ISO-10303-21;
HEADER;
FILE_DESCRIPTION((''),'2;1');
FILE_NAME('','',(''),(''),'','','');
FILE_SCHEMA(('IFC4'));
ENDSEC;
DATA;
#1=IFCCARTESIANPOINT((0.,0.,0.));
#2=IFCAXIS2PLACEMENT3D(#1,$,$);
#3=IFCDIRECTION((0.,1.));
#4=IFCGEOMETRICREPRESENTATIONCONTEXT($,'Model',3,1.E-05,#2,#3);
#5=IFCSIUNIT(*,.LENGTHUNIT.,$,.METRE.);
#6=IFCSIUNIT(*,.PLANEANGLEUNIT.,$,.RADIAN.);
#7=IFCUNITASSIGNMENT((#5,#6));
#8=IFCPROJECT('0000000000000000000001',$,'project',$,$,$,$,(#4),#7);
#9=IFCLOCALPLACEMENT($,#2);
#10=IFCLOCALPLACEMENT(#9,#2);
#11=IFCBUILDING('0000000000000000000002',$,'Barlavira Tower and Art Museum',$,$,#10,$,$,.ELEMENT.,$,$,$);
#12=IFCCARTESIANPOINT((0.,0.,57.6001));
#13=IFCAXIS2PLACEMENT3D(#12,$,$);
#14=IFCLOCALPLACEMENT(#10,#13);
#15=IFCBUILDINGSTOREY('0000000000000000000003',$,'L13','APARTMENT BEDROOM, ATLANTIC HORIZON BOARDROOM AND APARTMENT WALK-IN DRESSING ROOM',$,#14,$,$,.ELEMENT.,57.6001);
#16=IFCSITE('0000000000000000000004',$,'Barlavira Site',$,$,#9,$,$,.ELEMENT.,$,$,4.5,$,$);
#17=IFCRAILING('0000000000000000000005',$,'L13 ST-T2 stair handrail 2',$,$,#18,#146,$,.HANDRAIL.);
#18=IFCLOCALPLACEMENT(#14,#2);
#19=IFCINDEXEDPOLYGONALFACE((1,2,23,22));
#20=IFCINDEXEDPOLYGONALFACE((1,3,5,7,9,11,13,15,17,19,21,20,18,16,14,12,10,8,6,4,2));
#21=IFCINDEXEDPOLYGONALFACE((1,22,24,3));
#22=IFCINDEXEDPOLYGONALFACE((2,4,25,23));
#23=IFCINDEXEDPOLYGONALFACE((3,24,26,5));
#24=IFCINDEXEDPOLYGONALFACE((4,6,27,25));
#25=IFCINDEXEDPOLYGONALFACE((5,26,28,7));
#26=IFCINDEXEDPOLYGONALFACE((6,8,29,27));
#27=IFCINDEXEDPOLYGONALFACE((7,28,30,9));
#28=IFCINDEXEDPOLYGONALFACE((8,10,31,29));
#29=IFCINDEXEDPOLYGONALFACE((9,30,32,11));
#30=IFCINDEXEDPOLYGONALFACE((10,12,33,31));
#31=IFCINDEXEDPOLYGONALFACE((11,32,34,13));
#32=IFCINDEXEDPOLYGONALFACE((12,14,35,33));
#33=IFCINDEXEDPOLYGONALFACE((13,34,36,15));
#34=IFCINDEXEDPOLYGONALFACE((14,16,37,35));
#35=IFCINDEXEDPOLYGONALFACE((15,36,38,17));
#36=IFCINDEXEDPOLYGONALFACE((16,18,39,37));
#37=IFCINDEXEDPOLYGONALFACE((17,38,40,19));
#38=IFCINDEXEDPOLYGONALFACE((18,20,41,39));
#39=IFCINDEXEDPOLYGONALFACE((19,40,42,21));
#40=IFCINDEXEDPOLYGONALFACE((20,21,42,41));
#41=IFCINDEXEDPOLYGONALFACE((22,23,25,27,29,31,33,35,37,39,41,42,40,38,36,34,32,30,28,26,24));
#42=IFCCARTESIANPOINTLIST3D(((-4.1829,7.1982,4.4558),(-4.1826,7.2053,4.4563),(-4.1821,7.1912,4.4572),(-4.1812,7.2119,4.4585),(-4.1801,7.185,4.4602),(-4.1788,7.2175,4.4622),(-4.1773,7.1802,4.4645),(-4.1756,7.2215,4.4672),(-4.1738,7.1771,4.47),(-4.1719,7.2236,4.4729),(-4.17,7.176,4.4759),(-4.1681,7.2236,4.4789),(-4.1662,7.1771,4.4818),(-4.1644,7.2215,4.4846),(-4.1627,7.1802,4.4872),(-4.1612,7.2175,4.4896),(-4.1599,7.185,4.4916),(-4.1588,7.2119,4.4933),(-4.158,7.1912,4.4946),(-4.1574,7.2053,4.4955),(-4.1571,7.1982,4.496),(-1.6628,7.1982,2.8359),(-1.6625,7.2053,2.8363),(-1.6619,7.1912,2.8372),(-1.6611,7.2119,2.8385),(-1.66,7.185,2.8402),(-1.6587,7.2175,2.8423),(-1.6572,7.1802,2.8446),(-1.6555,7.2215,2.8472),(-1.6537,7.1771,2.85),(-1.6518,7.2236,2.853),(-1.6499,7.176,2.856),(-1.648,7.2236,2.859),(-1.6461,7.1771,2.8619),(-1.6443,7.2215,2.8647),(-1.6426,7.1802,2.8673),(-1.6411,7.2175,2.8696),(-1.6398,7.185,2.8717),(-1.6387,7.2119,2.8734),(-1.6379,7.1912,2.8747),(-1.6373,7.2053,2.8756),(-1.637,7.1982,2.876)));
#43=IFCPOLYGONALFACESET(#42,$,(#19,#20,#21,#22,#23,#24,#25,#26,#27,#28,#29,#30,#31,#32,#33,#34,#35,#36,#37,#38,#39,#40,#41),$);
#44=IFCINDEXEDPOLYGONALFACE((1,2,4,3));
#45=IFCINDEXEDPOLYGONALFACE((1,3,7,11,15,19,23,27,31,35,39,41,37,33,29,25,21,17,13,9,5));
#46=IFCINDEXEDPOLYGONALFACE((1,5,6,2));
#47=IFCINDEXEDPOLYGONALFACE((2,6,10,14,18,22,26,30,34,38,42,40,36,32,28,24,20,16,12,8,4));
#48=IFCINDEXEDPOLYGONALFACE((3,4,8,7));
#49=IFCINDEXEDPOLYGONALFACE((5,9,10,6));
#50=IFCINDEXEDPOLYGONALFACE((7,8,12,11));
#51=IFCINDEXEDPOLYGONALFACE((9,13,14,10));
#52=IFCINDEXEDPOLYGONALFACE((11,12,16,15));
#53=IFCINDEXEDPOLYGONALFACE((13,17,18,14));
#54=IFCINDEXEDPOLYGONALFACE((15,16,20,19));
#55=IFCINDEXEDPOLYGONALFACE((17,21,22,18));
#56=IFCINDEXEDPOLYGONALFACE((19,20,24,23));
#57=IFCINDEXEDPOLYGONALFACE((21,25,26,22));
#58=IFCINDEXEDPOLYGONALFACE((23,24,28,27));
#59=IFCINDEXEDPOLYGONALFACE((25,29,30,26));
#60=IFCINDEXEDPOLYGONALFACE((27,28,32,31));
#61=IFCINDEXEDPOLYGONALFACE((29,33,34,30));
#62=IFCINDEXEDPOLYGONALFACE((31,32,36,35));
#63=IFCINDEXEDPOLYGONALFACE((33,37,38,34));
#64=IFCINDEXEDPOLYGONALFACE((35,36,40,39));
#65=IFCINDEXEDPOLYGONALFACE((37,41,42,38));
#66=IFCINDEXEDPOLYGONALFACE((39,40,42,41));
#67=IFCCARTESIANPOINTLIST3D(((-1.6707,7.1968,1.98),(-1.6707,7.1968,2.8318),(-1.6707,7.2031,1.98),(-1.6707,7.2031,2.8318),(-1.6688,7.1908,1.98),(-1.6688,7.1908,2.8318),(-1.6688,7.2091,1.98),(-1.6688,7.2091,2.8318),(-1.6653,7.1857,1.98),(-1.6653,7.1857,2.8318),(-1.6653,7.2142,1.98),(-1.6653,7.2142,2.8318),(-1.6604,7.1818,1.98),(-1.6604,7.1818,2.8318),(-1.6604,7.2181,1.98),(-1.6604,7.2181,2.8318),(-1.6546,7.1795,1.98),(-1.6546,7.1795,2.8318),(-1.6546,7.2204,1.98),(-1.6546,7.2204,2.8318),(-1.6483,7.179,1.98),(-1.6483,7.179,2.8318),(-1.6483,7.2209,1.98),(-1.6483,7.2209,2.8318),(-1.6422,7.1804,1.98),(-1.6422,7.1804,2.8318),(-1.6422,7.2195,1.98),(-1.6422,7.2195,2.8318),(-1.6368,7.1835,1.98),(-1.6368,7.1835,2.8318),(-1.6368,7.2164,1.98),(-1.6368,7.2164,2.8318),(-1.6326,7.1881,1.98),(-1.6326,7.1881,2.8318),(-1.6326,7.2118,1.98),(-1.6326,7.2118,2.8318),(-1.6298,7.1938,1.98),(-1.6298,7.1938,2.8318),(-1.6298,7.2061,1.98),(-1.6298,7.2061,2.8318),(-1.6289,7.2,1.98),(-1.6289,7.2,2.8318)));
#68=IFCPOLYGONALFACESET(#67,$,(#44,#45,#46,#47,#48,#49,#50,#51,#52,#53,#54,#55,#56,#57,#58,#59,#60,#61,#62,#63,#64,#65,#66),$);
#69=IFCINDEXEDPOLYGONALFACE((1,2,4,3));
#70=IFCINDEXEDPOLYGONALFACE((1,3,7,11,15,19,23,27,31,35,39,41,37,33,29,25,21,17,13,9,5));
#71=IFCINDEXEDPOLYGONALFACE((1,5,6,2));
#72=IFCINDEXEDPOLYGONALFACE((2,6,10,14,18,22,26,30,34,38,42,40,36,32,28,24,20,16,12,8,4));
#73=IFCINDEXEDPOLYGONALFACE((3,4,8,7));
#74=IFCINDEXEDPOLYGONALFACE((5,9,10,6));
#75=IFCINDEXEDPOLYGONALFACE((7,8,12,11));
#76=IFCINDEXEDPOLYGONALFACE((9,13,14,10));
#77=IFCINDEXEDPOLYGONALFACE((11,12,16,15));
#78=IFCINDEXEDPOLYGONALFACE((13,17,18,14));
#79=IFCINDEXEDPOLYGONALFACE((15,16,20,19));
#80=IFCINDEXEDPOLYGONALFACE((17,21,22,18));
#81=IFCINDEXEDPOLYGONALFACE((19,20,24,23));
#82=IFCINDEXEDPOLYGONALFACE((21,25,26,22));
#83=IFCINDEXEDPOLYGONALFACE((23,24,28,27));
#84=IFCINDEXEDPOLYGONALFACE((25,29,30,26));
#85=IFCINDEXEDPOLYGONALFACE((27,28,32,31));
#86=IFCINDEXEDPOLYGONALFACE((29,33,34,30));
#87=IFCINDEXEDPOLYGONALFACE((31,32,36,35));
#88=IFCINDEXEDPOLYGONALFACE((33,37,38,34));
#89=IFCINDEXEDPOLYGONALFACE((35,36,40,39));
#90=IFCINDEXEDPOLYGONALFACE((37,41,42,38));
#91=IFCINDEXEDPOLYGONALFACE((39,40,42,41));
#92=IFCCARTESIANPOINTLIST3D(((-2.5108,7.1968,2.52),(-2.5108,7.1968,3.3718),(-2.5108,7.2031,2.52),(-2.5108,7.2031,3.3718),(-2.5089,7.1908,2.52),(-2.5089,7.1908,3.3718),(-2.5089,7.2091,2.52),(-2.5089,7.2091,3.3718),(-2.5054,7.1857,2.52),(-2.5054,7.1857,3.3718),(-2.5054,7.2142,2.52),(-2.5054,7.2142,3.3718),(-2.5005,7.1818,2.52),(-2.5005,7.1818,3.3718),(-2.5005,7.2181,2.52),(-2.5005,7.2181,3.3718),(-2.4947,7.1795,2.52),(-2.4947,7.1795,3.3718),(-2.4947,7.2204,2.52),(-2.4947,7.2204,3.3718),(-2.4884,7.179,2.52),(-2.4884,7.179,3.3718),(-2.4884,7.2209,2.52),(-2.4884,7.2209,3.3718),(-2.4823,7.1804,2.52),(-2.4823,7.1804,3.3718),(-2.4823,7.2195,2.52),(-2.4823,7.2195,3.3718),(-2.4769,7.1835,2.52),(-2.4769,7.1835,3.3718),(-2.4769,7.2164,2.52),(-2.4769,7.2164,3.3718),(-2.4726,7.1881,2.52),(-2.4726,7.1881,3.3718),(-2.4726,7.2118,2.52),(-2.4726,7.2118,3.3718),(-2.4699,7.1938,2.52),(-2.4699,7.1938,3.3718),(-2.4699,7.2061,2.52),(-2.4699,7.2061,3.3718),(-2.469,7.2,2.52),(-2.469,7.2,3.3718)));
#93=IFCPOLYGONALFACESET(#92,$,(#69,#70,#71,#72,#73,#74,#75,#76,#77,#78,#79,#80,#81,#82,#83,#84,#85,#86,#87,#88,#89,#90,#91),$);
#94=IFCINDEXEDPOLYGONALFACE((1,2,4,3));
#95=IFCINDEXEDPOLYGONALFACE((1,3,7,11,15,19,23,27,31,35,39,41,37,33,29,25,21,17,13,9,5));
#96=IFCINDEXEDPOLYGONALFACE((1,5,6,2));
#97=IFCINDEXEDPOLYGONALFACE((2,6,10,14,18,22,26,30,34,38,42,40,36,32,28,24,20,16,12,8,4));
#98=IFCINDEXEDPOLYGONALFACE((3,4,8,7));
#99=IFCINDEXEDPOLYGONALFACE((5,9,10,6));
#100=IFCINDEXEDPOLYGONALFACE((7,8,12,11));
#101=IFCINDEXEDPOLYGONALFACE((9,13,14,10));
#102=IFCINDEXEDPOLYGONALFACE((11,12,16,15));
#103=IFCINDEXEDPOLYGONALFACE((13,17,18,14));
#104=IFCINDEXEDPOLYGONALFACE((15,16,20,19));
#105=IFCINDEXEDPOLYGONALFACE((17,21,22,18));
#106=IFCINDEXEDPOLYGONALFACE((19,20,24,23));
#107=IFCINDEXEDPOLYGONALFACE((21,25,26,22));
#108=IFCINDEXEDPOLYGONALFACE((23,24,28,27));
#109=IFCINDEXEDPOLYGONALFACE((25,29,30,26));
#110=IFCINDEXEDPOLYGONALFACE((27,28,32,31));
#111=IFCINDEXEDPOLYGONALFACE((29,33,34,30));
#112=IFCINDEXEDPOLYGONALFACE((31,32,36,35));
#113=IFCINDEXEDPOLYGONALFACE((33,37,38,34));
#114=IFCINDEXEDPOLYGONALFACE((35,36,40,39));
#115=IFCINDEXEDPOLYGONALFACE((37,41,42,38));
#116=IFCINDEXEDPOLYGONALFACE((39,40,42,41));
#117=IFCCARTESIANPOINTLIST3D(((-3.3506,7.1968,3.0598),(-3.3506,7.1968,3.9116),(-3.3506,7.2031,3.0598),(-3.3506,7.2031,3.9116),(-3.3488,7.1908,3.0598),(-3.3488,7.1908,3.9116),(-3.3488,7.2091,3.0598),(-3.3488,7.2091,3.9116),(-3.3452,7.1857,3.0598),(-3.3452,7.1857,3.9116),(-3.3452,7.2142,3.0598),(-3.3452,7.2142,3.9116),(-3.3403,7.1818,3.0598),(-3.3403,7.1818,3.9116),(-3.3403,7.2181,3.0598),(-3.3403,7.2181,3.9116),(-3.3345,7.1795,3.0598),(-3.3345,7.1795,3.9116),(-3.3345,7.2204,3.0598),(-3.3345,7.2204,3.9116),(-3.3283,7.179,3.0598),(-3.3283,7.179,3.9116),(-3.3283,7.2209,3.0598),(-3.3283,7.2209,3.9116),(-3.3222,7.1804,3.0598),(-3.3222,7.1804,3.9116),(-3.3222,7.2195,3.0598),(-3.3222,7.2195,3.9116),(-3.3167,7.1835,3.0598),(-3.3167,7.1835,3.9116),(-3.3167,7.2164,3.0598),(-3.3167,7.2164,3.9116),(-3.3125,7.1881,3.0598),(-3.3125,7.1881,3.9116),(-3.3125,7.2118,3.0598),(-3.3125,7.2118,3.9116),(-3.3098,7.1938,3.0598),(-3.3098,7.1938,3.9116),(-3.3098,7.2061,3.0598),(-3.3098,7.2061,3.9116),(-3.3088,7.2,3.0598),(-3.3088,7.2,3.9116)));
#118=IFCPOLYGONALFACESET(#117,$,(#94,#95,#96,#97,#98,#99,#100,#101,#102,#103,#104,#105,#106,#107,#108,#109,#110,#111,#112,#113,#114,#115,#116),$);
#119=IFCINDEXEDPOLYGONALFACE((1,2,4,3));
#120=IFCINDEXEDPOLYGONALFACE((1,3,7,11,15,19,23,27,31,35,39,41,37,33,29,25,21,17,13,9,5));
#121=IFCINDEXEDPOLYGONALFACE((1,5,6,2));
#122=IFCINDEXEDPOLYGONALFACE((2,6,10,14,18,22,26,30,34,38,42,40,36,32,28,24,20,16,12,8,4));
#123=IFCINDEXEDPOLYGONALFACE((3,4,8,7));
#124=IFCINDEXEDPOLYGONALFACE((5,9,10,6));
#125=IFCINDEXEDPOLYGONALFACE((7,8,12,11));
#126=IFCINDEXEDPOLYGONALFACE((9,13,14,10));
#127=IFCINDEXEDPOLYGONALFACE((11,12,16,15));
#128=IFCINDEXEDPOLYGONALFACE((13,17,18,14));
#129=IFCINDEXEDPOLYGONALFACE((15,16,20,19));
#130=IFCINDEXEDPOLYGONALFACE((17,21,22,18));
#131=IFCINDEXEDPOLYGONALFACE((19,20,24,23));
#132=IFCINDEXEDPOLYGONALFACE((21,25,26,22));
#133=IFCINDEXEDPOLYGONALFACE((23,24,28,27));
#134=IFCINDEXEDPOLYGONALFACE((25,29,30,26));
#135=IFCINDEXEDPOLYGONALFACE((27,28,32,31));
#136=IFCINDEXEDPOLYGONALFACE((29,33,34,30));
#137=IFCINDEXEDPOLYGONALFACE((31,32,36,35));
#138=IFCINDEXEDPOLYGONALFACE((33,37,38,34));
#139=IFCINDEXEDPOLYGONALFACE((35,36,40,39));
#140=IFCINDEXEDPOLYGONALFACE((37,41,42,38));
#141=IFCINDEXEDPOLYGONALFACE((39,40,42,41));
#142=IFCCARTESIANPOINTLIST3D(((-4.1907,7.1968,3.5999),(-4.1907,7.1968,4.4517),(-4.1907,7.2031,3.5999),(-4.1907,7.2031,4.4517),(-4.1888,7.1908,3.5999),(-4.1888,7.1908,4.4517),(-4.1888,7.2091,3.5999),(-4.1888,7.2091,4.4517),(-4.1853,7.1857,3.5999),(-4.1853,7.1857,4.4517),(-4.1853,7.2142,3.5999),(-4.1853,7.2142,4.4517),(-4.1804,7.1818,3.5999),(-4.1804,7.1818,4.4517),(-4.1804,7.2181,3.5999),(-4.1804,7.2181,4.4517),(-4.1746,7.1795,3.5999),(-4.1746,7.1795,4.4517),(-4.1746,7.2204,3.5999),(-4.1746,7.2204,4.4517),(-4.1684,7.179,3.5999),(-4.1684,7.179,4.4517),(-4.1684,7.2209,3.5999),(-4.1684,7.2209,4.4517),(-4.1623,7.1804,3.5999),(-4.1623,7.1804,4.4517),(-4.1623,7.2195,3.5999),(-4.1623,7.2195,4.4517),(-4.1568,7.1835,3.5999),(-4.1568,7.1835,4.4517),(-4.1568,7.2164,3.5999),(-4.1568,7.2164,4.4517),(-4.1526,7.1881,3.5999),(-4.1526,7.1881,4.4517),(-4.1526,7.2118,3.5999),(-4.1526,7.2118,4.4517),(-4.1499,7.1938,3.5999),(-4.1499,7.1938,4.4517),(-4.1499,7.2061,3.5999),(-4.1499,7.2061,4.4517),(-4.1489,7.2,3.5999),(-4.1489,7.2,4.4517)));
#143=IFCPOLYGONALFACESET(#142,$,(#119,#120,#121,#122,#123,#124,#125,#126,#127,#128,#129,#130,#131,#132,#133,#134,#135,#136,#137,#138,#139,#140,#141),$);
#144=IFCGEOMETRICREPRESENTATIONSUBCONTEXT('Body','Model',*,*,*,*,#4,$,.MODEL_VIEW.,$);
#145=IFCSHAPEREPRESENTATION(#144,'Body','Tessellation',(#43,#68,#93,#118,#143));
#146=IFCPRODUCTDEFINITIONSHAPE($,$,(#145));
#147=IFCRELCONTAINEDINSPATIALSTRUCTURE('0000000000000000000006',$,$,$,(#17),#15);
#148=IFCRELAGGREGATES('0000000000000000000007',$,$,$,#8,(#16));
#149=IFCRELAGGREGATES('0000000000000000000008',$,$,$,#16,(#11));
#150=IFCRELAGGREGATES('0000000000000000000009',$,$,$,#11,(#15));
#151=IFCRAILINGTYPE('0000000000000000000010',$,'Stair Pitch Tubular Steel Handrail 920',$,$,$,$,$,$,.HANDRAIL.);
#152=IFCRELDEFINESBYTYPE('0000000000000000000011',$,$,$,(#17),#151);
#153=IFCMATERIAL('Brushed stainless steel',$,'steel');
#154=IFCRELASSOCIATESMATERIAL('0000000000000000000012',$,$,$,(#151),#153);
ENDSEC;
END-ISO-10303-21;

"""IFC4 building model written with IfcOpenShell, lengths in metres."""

from ifc_helpers import new_model, si_unit, direction, frame, origin, origin_2d, place, context, subcontext, project, spatial, circle, extrude, material, type_object, element, save


model = new_model("IFC4")

# Units and contexts
model_context = context("Model", 3, precision=1e-05, world=origin(), true_north=direction((0.0, 1.0)))
body_context = subcontext(model_context, "Body", "Model", "MODEL_VIEW")
ifc_project = project(units=[si_unit("LENGTHUNIT", "METRE"), si_unit("PLANEANGLEUNIT", "RADIAN")], contexts=[model_context])

# Site, building, storey
site_placement = place(None, origin())
site = spatial("IfcSite", under=ifc_project, at=site_placement, Name="Barlavira Site", CompositionType="ELEMENT", RefElevation=4.5)
building_placement = place(site_placement, origin())
building = spatial("IfcBuilding", under=site, at=building_placement, Name="Barlavira Tower and Art Museum", CompositionType="ELEMENT")
storey_placement = place(building_placement, frame((0.0, 0.0, 57.6001)))
storey = spatial("IfcBuildingStorey", under=building, at=storey_placement, Name="L13", Description="APARTMENT BEDROOM, ATLANTIC HORIZON BOARDROOM AND APARTMENT WALK-IN DRESSING ROOM", CompositionType="ELEMENT", Elevation=57.6001)

# Shared definitions
ifc_material_1 = material(Name="Brushed stainless steel", Category="steel")

# Railing
railing_type_1 = type_object("IfcRailingType", Name="Stair Pitch Tubular Steel Handrail 920", PredefinedType="HANDRAIL", material=ifc_material_1)
railing_1_placement = place(storey_placement, frame((-1.6499, 7.2, 1.98)))
element("IfcRailing", 1, at=railing_1_placement, inside=storey, type_object=railing_type_1, Name="L13 ST-T2 stair handrail 2", PredefinedType="HANDRAIL", context=body_context, shape_type="SweptSolid", body=[
    extrude(circle(Radius=0.0239, at=origin_2d()), frame((0.0, 0.0, 0.876), z_axis=(-0.8412, 0.0, 0.540725), x_axis=(0.0, -1.0, 0.0)), (0.0, 0.0, 1.0), 2.9958),
    extrude(circle(Radius=0.021, at=origin_2d()), origin(), (0.0, 0.0, 1.0), 0.8518),
    extrude(circle(Radius=0.021, at=origin_2d()), frame((-0.8401, 0.0, 0.54)), (0.0, 0.0, 1.0), 0.8518),
    extrude(circle(Radius=0.021, at=origin_2d()), frame((-1.6799, 0.0, 1.0798)), (0.0, 0.0, 1.0), 0.8518),
    extrude(circle(Radius=0.021, at=origin_2d()), frame((-2.52, 0.0, 1.6199)), (0.0, 0.0, 1.0), 0.8518),
])

save(model, "model.ifc")
